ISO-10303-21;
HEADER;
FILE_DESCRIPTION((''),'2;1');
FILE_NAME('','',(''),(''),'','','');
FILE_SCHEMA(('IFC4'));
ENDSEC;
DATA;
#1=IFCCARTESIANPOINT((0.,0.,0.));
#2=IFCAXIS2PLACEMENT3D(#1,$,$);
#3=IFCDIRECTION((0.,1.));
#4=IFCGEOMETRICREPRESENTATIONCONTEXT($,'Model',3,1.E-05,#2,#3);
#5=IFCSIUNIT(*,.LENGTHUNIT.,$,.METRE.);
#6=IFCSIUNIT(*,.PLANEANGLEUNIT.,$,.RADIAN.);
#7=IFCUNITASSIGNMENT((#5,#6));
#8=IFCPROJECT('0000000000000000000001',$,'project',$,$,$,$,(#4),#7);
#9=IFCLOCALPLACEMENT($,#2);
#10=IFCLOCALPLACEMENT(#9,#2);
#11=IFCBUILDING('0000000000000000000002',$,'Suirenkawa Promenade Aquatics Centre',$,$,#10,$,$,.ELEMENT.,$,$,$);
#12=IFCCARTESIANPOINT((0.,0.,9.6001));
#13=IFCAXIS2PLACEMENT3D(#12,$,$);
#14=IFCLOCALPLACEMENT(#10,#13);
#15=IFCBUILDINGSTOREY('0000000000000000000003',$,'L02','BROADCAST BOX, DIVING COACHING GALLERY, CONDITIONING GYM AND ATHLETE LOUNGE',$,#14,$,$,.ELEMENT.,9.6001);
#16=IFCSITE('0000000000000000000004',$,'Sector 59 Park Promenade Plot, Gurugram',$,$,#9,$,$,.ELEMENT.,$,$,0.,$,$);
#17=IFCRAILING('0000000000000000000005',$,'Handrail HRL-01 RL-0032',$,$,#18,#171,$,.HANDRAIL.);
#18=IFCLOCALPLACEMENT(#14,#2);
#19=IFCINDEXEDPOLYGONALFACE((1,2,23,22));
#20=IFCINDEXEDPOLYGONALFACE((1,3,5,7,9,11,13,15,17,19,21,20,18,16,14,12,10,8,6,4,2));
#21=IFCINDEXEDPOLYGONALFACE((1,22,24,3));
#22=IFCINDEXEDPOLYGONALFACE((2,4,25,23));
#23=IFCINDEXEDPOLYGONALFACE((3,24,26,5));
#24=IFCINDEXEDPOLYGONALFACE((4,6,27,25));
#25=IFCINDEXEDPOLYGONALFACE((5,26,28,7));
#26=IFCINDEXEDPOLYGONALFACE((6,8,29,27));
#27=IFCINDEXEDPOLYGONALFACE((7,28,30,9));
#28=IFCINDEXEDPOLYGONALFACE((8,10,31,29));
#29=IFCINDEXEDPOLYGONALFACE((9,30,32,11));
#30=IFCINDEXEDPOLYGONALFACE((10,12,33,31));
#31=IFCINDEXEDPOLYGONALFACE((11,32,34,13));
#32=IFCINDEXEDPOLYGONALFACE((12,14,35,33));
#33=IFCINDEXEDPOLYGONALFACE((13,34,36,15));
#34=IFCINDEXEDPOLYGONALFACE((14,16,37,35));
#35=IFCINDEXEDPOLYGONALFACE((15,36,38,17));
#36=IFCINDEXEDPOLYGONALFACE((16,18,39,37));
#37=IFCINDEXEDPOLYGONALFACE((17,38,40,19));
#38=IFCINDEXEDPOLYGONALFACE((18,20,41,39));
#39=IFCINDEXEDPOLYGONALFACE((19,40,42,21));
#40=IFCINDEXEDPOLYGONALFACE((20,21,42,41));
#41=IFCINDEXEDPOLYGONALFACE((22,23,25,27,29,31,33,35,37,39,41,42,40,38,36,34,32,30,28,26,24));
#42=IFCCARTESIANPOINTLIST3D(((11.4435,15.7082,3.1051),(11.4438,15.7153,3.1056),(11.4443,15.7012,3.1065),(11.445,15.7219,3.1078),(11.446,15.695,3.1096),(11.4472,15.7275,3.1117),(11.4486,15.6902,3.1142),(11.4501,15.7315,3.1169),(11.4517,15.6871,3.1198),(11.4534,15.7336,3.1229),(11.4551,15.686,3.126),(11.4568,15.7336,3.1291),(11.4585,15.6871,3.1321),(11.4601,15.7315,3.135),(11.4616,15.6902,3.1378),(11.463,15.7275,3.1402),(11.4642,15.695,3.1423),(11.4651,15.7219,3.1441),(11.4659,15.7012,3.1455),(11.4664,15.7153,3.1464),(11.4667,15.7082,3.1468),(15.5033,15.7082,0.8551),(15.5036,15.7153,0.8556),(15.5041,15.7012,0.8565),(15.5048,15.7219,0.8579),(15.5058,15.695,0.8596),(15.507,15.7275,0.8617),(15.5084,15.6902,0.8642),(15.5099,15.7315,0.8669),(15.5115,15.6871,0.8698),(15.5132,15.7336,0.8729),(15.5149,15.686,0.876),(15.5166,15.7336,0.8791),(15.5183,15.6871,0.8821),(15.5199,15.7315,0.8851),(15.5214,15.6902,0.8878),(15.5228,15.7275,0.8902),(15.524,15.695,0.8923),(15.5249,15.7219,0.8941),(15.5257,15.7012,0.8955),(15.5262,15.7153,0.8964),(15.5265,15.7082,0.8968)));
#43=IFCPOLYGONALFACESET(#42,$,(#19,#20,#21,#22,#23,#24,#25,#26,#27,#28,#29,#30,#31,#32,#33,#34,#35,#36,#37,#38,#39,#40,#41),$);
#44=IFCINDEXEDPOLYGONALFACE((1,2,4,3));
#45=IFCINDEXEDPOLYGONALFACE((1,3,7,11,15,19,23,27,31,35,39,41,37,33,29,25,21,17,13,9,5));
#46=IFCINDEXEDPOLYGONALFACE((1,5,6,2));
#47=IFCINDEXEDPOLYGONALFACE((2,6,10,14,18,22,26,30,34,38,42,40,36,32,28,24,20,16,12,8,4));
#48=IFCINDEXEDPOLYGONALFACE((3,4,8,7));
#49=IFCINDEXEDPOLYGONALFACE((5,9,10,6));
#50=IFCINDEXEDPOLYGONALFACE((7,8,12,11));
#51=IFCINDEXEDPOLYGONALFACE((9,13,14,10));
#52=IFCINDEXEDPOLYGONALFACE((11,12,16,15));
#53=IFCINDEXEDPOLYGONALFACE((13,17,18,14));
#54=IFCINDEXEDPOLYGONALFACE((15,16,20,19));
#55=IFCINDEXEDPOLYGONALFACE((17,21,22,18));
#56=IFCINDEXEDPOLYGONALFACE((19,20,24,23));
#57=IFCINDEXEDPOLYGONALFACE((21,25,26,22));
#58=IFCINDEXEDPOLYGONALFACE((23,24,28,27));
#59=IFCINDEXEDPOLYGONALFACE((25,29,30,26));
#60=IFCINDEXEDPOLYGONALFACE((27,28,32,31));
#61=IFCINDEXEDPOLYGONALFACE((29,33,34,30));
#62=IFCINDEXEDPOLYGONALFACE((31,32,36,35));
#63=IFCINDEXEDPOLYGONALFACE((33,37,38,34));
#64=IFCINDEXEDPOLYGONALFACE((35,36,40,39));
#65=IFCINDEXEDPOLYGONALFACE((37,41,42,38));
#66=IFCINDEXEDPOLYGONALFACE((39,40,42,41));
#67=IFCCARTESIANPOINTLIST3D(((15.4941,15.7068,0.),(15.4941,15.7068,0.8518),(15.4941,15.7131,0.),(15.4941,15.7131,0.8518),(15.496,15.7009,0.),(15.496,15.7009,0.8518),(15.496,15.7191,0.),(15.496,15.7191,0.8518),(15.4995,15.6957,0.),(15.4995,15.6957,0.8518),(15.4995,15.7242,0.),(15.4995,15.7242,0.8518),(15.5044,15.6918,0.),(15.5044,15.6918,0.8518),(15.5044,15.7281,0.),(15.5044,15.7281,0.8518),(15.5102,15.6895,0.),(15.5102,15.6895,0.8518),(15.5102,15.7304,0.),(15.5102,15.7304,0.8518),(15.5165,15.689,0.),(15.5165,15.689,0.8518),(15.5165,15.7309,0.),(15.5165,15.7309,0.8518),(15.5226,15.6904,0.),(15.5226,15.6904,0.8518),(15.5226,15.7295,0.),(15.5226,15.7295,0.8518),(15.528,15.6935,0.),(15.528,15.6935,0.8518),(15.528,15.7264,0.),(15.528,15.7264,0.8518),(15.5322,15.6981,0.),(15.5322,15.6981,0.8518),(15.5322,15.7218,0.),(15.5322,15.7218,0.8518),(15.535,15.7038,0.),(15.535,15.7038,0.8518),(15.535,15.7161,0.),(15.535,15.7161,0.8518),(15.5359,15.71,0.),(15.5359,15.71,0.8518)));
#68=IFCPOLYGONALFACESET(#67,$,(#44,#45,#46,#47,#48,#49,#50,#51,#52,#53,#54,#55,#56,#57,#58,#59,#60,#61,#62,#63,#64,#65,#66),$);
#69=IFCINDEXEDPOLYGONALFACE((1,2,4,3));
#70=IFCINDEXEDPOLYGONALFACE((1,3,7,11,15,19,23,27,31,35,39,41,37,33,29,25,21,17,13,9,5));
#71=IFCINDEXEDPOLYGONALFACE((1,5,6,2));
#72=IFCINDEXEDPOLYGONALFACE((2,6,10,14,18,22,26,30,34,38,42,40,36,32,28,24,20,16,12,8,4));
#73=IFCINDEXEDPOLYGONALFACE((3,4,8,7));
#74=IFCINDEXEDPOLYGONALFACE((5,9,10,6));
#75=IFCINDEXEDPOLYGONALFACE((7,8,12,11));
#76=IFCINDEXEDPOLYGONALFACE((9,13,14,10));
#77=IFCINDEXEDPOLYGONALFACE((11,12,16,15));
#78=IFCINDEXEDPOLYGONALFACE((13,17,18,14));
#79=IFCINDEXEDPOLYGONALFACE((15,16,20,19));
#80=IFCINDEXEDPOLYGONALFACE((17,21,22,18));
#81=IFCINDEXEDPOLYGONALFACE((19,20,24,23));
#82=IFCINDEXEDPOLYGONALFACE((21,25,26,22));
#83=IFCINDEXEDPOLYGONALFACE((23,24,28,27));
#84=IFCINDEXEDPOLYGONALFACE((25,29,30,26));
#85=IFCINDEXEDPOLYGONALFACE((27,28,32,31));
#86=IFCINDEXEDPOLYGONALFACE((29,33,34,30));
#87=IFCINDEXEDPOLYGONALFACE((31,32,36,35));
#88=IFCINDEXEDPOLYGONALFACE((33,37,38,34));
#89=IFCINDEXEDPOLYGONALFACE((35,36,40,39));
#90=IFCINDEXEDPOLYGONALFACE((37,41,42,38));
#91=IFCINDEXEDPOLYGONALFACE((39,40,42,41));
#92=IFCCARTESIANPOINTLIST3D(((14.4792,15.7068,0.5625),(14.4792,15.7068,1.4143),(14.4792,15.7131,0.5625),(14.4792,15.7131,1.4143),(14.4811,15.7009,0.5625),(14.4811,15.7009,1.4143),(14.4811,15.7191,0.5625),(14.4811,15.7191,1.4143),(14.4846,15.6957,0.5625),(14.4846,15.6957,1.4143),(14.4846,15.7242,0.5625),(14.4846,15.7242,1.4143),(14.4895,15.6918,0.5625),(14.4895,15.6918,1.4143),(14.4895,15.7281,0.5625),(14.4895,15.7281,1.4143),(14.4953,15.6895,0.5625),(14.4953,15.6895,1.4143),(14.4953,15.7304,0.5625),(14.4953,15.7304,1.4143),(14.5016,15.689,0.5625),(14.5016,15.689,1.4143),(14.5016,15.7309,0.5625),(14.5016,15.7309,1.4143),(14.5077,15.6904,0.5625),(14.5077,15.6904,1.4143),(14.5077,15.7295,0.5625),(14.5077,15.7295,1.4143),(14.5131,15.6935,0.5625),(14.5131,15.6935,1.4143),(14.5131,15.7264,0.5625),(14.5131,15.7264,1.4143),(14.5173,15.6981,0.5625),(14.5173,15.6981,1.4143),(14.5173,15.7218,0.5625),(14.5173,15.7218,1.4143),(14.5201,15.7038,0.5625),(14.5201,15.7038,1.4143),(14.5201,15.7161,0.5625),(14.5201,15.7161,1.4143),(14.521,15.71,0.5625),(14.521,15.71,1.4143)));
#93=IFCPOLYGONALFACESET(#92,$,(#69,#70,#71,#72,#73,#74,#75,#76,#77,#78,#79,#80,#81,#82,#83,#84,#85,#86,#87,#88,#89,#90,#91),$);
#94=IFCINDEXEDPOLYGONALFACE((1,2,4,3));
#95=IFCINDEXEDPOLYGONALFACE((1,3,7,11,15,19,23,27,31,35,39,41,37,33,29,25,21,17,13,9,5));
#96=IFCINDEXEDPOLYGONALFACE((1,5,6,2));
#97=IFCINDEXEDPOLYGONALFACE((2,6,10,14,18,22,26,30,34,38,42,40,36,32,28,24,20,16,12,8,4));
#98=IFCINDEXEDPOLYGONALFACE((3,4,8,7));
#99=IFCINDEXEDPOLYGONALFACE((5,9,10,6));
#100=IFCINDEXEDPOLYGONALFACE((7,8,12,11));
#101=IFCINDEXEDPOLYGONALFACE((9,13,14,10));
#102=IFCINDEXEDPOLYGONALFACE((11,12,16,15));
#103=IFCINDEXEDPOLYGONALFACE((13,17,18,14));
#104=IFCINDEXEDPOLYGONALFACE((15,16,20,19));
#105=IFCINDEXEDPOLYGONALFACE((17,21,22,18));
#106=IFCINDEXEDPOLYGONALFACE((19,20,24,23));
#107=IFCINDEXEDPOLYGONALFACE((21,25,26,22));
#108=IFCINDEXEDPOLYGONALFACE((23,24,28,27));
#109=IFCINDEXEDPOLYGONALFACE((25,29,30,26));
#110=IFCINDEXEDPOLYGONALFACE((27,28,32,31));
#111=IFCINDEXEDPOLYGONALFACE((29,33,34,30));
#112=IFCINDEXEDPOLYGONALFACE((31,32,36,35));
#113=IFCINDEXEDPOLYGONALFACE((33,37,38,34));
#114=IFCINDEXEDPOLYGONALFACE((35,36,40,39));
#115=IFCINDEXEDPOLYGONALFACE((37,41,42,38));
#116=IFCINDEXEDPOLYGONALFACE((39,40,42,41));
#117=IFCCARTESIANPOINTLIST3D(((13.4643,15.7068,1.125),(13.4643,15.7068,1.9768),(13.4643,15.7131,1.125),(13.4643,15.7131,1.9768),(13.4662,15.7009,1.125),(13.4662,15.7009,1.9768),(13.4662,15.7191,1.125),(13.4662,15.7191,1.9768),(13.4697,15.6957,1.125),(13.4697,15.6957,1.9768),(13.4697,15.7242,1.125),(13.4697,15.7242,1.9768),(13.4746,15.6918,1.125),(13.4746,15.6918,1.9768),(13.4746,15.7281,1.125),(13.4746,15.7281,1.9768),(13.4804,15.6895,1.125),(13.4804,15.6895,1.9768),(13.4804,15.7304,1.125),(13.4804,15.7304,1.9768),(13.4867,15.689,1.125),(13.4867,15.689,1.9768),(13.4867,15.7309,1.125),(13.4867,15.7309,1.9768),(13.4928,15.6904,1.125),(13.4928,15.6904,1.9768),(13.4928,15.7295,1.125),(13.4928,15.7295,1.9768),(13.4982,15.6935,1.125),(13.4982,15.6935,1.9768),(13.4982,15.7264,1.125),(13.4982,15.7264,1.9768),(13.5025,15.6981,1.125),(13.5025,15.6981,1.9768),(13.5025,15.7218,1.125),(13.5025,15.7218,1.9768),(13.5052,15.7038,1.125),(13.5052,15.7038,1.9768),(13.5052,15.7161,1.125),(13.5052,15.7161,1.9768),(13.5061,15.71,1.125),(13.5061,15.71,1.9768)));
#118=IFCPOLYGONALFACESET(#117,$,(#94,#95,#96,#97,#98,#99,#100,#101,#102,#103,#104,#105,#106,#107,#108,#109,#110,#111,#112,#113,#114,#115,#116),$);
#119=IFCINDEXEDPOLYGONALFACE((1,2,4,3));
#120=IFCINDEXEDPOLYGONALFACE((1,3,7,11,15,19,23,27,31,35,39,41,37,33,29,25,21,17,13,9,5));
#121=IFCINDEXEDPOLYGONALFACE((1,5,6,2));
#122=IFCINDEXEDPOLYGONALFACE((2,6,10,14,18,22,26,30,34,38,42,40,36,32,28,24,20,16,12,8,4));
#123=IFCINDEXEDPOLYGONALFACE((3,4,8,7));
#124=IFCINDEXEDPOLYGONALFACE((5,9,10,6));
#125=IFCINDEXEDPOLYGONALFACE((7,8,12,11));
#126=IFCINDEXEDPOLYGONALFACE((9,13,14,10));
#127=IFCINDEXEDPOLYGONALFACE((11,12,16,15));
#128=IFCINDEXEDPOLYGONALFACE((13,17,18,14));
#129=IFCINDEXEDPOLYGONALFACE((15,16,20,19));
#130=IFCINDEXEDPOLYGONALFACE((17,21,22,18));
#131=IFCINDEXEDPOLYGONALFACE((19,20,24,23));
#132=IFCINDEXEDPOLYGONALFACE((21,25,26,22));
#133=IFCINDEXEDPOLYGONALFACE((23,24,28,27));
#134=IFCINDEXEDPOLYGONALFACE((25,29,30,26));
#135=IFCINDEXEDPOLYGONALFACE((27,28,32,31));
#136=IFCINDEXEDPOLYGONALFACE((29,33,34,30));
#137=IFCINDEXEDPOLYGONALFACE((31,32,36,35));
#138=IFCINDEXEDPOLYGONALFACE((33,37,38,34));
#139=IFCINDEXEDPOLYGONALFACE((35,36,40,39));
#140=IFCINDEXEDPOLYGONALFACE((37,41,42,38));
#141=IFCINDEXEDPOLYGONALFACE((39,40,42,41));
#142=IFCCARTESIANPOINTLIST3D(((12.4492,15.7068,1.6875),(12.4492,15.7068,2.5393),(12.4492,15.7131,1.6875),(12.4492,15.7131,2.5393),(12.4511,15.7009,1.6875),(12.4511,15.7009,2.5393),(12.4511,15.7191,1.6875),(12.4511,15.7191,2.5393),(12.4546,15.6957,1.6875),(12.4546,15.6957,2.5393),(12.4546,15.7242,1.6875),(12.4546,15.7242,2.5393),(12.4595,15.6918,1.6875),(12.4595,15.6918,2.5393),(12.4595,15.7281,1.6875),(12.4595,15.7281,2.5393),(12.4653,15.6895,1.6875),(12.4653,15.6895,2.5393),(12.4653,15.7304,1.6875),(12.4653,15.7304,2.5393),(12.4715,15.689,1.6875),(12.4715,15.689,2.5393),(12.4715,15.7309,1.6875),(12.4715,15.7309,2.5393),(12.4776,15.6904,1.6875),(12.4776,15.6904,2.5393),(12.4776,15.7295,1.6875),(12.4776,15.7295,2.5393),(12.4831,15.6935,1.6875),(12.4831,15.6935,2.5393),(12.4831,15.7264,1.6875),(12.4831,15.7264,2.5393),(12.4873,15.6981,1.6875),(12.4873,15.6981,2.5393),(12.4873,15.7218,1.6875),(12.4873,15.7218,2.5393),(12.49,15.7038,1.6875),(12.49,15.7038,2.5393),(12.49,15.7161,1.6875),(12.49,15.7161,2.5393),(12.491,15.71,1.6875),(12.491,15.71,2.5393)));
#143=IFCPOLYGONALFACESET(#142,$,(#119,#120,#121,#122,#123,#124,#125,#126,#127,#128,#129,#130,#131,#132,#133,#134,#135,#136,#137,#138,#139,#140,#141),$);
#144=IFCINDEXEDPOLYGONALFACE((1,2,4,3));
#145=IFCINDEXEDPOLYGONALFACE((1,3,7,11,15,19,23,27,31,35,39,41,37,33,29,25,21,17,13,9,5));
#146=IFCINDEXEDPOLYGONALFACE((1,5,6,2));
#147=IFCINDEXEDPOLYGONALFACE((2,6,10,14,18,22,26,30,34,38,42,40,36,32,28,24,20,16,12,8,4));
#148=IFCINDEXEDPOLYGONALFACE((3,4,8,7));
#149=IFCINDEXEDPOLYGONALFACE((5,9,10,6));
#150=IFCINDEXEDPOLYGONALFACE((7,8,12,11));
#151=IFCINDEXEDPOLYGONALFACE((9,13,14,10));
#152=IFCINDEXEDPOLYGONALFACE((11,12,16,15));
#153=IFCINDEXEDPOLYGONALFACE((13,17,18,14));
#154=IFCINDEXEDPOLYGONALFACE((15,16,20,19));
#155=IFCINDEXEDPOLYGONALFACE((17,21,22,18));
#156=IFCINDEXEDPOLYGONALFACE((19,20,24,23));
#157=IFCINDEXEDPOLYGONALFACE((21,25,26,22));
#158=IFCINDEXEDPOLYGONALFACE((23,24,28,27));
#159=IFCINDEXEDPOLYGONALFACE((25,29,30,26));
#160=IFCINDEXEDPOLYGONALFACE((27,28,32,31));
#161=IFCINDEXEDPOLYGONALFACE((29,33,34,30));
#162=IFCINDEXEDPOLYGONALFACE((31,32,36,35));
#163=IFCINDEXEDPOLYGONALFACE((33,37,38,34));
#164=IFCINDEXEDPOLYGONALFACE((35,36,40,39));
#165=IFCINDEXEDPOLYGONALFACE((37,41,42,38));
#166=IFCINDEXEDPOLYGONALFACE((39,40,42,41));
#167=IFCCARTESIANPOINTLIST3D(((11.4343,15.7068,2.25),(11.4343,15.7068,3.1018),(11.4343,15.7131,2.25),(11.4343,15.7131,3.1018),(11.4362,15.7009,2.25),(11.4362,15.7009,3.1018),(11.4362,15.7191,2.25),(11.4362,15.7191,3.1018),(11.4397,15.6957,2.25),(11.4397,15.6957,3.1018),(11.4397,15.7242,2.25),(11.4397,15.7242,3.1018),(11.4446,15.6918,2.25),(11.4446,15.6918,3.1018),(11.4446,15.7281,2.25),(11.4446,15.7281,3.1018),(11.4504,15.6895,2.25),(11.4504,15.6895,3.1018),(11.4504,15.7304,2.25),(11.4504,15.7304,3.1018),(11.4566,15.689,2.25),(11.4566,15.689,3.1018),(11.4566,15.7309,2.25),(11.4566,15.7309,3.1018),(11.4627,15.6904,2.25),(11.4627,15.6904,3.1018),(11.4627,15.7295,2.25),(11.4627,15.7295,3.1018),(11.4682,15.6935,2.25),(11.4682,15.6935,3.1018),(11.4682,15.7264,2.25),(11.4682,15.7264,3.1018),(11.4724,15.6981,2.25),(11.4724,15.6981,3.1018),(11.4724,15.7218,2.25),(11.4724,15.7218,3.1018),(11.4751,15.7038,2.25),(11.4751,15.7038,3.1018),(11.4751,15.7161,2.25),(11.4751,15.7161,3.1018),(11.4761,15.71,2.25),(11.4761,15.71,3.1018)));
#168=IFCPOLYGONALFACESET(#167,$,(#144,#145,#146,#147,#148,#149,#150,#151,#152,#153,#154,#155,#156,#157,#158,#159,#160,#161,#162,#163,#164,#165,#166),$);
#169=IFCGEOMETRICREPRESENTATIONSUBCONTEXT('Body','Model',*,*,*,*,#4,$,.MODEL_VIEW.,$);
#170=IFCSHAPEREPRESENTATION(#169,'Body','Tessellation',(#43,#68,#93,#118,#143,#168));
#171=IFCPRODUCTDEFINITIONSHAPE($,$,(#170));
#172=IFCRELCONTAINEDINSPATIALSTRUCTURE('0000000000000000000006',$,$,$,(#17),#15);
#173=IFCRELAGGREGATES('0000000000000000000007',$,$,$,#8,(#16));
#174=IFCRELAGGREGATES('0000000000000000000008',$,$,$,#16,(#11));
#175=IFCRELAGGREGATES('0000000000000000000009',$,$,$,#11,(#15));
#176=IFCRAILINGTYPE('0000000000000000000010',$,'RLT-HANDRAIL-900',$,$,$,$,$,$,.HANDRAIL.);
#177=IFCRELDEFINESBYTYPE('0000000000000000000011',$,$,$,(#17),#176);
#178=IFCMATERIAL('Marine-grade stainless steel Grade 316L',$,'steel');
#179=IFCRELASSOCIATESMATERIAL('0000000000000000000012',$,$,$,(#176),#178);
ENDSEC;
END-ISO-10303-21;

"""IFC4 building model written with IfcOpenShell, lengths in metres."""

from ifc_helpers import new_model, si_unit, direction, frame, origin, origin_2d, place, context, subcontext, project, spatial, circle, extrude, material, type_object, element, save


model = new_model("IFC4")

# Units and contexts
model_context = context("Model", 3, precision=1e-05, world=origin(), true_north=direction((0.0, 1.0)))
body_context = subcontext(model_context, "Body", "Model", "MODEL_VIEW")
ifc_project = project(units=[si_unit("LENGTHUNIT", "METRE"), si_unit("PLANEANGLEUNIT", "RADIAN")], contexts=[model_context])

# Site, building, storey
site_placement = place(None, origin())
site = spatial("IfcSite", under=ifc_project, at=site_placement, Name="Sector 59 Park Promenade Plot, Gurugram", CompositionType="ELEMENT", RefElevation=0.0)
building_placement = place(site_placement, origin())
building = spatial("IfcBuilding", under=site, at=building_placement, Name="Suirenkawa Promenade Aquatics Centre", CompositionType="ELEMENT")
storey_placement = place(building_placement, frame((0.0, 0.0, 9.6001)))
storey = spatial("IfcBuildingStorey", under=building, at=storey_placement, Name="L02", Description="BROADCAST BOX, DIVING COACHING GALLERY, CONDITIONING GYM AND ATHLETE LOUNGE", CompositionType="ELEMENT", Elevation=9.6001)

# Shared definitions
ifc_material_1 = material(Name="Marine-grade stainless steel Grade 316L", Category="steel")

# Railing
railing_type_1 = type_object("IfcRailingType", Name="RLT-HANDRAIL-900", PredefinedType="HANDRAIL", material=ifc_material_1)
railing_1_placement = place(storey_placement, frame((15.5149, 15.71, 0.0)))
element("IfcRailing", 1, at=railing_1_placement, inside=storey, type_object=railing_type_1, Name="Handrail HRL-01 RL-0032", PredefinedType="HANDRAIL", context=body_context, shape_type="SweptSolid", body=[
    extrude(circle(Radius=0.0239, at=origin_2d()), frame((0.0, 0.0, 0.876), z_axis=(-0.874656, 0.0, 0.484745), x_axis=(0.0, -1.0, 0.0)), (0.0, 0.0, 1.0), 4.6416),
    extrude(circle(Radius=0.021, at=origin_2d()), origin(), (0.0, 0.0, 1.0), 0.8518),
    extrude(circle(Radius=0.021, at=origin_2d()), frame((-1.0149, 0.0, 0.5625)), (0.0, 0.0, 1.0), 0.8518),
    extrude(circle(Radius=0.021, at=origin_2d()), frame((-2.0298, 0.0, 1.125)), (0.0, 0.0, 1.0), 0.8518),
    extrude(circle(Radius=0.021, at=origin_2d()), frame((-3.0449, 0.0, 1.6875)), (0.0, 0.0, 1.0), 0.8518),
    extrude(circle(Radius=0.021, at=origin_2d()), frame((-4.0598, 0.0, 2.25)), (0.0, 0.0, 1.0), 0.8518),
])

save(model, "model.ifc")
